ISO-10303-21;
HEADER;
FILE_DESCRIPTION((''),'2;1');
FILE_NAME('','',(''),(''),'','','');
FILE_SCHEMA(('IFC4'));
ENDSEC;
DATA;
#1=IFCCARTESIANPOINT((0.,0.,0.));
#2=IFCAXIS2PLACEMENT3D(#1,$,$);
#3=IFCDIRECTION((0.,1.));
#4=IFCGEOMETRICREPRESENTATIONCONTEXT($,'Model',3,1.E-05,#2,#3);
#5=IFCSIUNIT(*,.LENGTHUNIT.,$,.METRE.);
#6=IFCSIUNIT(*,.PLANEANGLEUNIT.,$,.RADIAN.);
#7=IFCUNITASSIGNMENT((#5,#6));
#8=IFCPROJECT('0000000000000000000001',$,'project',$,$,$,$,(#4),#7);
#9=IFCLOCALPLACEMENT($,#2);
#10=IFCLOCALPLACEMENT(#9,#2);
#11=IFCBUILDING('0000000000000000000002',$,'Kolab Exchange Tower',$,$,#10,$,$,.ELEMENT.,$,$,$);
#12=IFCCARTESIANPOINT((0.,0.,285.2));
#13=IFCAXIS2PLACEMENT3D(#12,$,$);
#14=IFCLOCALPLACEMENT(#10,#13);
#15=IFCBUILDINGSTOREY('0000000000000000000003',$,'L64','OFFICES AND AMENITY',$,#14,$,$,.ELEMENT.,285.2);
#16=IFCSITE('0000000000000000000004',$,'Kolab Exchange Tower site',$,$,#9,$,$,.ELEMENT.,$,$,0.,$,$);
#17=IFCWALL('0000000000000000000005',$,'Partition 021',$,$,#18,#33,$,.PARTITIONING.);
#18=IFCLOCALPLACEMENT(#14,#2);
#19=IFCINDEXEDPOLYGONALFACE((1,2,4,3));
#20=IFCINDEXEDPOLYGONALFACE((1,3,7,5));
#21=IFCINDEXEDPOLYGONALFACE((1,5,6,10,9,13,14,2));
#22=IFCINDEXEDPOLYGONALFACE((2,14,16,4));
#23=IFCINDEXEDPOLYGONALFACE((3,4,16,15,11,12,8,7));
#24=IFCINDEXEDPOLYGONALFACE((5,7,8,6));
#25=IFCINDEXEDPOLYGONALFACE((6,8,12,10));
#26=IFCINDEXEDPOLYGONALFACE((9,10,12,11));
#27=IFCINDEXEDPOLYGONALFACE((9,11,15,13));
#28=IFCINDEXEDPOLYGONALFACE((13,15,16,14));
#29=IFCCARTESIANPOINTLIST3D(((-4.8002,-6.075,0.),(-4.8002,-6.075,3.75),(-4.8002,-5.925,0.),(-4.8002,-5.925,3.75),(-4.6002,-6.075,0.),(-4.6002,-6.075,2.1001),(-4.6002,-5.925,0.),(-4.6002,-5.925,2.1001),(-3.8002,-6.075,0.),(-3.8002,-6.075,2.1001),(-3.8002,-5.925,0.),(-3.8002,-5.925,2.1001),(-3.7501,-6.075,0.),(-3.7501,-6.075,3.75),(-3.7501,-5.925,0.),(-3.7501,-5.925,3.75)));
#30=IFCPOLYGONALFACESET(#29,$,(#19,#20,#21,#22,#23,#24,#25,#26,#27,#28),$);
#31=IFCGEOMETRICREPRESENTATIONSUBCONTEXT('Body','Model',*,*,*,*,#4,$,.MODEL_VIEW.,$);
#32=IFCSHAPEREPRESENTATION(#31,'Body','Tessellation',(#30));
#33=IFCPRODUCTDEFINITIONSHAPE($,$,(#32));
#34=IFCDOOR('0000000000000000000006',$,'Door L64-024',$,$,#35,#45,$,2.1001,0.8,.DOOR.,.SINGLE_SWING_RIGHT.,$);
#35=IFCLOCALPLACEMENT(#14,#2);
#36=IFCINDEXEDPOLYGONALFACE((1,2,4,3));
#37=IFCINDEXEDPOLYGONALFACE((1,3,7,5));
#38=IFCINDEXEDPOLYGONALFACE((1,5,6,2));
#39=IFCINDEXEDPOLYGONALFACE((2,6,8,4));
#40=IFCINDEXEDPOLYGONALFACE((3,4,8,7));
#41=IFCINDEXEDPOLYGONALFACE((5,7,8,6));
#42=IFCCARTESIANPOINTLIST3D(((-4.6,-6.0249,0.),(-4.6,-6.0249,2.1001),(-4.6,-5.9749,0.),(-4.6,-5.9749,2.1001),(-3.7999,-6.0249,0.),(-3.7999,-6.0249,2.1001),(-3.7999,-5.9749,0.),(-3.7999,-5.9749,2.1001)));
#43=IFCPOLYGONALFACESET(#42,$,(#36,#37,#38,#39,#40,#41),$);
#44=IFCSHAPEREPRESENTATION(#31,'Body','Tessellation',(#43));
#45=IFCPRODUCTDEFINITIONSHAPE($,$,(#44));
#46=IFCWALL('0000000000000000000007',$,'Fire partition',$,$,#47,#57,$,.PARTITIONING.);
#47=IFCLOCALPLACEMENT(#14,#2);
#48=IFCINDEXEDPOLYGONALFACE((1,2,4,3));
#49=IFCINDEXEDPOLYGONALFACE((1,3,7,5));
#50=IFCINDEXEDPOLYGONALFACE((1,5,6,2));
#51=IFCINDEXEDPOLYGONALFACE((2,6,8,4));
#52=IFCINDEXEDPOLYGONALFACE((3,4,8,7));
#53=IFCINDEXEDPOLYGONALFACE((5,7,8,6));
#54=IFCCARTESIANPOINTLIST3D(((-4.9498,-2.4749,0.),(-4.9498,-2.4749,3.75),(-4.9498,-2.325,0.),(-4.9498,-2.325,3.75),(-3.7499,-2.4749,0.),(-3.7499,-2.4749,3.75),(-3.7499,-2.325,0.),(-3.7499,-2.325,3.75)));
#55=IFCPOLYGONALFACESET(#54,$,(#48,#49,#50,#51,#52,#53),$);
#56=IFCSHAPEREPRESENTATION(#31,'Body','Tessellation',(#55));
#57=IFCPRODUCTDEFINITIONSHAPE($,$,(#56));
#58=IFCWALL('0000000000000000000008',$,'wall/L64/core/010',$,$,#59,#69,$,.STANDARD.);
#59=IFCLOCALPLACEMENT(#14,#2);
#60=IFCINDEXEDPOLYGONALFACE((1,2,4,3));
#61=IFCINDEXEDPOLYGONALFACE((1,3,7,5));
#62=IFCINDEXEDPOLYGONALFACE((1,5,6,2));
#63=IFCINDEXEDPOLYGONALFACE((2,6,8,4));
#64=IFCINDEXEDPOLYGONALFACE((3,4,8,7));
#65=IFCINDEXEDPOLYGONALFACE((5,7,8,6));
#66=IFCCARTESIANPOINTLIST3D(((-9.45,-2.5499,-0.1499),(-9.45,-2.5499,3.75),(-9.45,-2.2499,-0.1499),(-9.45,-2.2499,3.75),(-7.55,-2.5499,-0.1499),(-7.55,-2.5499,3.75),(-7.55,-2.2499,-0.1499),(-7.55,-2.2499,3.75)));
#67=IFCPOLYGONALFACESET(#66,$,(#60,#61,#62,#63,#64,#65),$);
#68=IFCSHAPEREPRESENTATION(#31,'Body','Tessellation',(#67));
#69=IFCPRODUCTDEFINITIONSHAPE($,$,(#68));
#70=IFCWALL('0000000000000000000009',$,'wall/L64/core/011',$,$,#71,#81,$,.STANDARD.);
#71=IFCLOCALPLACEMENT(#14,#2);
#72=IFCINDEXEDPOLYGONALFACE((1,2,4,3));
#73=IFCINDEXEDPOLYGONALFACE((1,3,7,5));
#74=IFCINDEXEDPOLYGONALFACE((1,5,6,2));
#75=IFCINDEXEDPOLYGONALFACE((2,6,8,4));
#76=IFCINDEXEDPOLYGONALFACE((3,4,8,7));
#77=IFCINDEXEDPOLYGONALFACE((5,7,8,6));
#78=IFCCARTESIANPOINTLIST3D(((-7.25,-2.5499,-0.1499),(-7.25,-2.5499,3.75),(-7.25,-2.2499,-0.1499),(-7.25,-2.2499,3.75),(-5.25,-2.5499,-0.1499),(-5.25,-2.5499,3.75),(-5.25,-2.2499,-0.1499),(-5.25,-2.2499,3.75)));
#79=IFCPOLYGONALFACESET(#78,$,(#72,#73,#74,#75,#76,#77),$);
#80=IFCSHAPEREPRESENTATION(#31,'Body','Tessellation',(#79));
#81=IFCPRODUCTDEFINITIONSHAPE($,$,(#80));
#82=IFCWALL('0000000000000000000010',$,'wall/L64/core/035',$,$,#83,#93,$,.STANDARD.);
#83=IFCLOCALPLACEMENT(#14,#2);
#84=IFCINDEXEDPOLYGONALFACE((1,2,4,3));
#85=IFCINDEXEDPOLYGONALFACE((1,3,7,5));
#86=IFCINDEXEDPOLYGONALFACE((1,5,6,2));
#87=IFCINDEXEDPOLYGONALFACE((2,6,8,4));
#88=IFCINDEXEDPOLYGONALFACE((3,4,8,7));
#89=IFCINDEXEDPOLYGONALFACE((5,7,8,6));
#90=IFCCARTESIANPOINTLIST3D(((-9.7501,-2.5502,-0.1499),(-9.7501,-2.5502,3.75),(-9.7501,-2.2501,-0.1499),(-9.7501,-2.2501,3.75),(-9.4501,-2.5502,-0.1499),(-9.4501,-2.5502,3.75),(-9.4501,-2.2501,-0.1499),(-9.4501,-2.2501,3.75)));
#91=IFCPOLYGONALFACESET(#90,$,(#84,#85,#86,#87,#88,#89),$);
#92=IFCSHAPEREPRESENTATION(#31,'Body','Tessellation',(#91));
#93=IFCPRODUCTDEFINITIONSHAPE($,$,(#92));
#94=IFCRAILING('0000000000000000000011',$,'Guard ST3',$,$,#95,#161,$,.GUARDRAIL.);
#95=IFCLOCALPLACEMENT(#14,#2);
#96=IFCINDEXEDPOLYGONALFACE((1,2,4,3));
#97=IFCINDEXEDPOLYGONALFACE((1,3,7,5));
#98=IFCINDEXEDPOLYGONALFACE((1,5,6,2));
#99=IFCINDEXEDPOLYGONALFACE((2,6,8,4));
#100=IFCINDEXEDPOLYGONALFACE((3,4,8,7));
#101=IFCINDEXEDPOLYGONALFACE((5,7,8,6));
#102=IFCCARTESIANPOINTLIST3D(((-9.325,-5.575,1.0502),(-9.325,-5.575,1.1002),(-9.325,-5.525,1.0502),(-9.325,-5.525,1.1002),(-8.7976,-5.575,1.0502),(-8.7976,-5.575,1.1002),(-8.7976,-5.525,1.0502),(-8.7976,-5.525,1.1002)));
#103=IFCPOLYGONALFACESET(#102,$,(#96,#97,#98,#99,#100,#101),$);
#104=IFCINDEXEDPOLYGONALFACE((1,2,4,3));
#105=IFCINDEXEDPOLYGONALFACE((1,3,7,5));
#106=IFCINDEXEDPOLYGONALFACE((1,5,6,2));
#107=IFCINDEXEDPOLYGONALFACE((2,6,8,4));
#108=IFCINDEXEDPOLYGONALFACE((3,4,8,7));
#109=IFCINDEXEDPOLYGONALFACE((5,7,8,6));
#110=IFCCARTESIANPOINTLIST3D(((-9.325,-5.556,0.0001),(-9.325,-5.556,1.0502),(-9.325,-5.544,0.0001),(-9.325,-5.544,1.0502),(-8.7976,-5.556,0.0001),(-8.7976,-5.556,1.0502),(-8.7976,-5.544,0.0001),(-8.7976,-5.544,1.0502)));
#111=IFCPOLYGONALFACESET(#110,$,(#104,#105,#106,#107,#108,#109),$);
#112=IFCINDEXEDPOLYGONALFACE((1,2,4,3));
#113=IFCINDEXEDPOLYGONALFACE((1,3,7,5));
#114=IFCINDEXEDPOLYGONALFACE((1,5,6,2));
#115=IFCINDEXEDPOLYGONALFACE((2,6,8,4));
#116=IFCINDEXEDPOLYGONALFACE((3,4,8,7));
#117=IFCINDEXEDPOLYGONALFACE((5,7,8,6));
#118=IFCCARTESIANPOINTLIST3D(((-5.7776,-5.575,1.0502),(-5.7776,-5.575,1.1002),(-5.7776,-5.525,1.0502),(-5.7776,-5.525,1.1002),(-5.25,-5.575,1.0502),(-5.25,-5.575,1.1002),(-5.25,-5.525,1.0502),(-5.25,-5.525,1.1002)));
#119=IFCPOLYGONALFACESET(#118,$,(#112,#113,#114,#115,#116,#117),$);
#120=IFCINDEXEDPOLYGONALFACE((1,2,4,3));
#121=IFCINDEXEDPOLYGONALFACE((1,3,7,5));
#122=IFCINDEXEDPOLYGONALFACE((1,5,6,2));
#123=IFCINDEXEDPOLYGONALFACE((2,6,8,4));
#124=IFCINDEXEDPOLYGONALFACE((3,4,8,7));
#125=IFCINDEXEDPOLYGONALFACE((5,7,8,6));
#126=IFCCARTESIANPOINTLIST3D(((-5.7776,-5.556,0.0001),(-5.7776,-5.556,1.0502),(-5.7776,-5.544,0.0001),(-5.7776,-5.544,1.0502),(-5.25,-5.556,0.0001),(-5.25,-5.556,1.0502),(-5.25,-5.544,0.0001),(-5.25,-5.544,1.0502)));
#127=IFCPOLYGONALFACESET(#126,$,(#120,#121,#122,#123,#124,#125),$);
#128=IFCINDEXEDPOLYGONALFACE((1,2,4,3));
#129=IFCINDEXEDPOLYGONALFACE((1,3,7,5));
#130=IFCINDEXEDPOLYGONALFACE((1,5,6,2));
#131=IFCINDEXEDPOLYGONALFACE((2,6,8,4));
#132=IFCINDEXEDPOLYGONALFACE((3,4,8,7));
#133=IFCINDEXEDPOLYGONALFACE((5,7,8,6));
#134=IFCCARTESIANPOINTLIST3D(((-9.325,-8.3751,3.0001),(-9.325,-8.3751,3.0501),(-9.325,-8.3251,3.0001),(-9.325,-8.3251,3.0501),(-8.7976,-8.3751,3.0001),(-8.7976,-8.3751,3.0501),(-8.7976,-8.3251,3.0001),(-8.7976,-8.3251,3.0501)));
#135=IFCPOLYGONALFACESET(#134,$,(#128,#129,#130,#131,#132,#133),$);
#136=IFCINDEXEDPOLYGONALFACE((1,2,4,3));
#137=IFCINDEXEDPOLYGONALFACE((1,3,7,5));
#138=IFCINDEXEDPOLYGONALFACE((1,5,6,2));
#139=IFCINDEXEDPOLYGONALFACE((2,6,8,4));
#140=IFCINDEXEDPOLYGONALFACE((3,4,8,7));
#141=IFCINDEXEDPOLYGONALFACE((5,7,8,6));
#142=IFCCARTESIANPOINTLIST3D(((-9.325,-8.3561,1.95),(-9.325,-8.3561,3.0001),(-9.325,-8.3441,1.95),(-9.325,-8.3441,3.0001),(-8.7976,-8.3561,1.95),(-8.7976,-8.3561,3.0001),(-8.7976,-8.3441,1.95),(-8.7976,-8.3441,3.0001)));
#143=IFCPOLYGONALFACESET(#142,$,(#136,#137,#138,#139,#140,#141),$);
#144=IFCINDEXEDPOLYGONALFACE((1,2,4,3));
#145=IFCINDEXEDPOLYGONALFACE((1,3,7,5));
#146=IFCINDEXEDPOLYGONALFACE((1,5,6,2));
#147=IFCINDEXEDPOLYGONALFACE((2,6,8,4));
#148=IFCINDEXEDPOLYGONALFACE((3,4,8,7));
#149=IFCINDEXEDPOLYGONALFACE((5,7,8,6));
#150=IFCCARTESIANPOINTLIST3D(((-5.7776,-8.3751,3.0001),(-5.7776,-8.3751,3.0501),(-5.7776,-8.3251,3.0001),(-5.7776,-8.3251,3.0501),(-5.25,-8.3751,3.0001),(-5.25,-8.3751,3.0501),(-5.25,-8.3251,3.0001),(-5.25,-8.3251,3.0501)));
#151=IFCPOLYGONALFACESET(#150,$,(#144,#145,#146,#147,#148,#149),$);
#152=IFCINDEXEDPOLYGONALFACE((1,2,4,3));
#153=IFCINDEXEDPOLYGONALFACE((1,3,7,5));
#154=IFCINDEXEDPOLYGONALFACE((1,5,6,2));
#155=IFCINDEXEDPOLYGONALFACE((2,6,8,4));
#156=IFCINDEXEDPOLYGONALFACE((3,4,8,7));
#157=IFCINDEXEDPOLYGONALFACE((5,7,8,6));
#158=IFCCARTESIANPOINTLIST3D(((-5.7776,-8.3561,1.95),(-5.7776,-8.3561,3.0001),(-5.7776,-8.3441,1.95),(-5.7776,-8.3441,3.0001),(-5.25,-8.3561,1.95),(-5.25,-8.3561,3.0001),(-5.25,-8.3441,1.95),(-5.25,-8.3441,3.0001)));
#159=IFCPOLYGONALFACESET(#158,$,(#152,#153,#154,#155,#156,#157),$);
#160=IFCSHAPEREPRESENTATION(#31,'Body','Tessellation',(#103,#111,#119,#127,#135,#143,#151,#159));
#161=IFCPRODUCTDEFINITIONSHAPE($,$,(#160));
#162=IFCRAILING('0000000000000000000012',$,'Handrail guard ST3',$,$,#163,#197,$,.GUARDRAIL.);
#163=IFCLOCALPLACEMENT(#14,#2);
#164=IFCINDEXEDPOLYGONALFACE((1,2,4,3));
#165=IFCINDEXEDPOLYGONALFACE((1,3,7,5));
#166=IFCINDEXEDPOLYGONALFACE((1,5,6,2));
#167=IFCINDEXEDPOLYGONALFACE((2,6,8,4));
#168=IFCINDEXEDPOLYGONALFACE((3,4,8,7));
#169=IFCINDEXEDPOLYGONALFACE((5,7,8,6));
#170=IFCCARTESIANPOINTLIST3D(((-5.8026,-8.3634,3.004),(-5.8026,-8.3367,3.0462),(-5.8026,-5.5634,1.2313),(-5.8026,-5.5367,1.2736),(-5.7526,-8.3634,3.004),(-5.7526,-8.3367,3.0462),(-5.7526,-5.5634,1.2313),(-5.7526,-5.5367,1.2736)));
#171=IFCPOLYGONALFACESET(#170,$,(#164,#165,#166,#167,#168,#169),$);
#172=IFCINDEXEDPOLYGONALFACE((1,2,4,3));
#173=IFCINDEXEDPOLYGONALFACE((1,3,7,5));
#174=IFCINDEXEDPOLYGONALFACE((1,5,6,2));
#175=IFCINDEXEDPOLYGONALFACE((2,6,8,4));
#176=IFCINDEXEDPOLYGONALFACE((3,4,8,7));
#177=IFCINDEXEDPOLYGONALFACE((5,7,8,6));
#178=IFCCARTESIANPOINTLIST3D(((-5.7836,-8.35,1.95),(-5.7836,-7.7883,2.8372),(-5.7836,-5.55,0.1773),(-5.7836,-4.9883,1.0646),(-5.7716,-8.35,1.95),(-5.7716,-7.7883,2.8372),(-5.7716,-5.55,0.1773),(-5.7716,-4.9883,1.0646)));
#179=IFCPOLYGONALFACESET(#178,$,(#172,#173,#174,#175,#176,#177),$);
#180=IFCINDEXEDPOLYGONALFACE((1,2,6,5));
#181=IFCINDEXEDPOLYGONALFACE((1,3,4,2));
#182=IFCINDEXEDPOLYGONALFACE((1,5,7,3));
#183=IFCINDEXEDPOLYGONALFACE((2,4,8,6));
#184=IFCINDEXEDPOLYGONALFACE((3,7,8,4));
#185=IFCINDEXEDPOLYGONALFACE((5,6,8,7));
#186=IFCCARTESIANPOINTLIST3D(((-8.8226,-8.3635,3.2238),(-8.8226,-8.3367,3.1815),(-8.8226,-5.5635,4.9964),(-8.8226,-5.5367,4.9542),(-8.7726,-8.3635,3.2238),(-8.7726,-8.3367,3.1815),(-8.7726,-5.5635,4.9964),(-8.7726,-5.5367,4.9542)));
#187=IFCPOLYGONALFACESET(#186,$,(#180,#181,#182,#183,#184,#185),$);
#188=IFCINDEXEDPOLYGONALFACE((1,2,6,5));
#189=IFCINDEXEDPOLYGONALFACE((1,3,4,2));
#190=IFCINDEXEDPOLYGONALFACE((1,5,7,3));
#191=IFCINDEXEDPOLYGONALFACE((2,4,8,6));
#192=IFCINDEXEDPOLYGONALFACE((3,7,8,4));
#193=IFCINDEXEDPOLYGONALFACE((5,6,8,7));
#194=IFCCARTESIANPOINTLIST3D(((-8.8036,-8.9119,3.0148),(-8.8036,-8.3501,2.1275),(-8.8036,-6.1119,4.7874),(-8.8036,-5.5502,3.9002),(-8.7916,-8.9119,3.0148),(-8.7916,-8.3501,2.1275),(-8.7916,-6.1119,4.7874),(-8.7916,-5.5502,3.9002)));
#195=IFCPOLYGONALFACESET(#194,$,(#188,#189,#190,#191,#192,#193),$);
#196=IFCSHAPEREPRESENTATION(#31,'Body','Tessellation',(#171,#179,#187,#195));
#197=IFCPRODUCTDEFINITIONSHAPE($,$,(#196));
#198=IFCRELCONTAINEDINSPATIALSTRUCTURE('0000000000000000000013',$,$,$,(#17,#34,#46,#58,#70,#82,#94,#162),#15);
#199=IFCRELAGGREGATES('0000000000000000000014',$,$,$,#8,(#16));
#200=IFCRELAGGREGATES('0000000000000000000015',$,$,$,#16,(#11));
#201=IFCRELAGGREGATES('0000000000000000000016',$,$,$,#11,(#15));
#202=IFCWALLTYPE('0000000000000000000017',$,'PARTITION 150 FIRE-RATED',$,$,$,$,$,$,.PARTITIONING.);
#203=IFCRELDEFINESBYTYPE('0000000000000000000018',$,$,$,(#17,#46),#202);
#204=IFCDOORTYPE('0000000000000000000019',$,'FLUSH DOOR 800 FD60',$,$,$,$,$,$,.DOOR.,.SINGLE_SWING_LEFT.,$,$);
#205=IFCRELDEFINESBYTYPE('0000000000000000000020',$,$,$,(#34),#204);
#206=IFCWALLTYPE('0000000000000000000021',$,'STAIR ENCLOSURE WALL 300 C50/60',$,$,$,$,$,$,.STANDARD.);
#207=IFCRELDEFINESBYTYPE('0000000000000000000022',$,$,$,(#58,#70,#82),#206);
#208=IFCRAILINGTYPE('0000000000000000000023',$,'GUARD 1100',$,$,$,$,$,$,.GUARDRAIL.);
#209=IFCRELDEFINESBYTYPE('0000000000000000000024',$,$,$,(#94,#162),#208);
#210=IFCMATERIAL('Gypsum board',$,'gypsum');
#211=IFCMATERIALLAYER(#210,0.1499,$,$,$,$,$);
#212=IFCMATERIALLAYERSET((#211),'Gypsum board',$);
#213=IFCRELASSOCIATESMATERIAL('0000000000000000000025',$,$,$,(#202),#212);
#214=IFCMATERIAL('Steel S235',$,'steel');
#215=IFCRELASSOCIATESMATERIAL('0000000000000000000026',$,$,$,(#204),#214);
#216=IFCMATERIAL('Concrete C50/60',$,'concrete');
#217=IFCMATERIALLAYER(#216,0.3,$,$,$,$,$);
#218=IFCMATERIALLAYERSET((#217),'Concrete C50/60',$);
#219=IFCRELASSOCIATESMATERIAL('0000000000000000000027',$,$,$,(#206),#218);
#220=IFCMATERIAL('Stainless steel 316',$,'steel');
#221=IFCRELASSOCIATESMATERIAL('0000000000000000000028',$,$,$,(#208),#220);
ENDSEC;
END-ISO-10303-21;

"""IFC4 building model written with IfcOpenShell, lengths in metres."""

from ifc_helpers import new_model, si_unit, direction, frame, frame_2d, origin, origin_2d, place, context, subcontext, project, spatial, rectangle, extrude, material, layer, layer_set, type_object, element, fill, save


model = new_model("IFC4")

# Units and contexts
model_context = context("Model", 3, precision=1e-05, world=origin(), true_north=direction((0.0, 1.0)))
body_context = subcontext(model_context, "Body", "Model", "MODEL_VIEW")
ifc_project = project(units=[si_unit("LENGTHUNIT", "METRE"), si_unit("PLANEANGLEUNIT", "RADIAN")], contexts=[model_context])

# Site, building, storey
site_placement = place(None, origin())
site = spatial("IfcSite", under=ifc_project, at=site_placement, Name="Kolab Exchange Tower site", CompositionType="ELEMENT", RefElevation=0.0)
building_placement = place(site_placement, origin())
building = spatial("IfcBuilding", under=site, at=building_placement, Name="Kolab Exchange Tower", CompositionType="ELEMENT")
storey_placement = place(building_placement, frame((0.0, 0.0, 285.2)))
storey = spatial("IfcBuildingStorey", under=building, at=storey_placement, Name="L64", Description="OFFICES AND AMENITY", CompositionType="ELEMENT", Elevation=285.2)

# Shared definitions
ifc_material_1 = material(Name="Concrete C50/60", Category="concrete")
ifc_material_2 = material(Name="Stainless steel 316", Category="steel")

# Wall, opening, door
ifc_material_3 = material(Name="Gypsum board", Category="gypsum")
ifc_layer_1 = layer(ifc_material_3, 0.1499)
ifc_layer_set_1 = layer_set([ifc_layer_1], Name="Gypsum board")
wall_type_1 = type_object("IfcWallType", Name="PARTITION 150 FIRE-RATED", PredefinedType="PARTITIONING", material=ifc_layer_set_1)
wall_1_placement = place(storey_placement, frame((-4.8, -6.0, 0.0), z_axis=(0.0, 0.0, 1.0), x_axis=(1.0, 0.0, 0.0)))
wall_1 = element("IfcWall", 1, at=wall_1_placement, inside=storey, type_object=wall_type_1, Name="Partition 021", PredefinedType="PARTITIONING", context=body_context, shape_type="SweptSolid", body=[
    extrude(rectangle(XDim=1.05, YDim=0.1499, at=frame_2d((0.5249, 0.0))), origin(), (0.0, 0.0, 1.0), 3.75),
])
opening_1_placement = place(wall_1_placement, frame((0.2, 0.0, 0.0)))
opening_1 = element("IfcOpeningElement", 2, at=opening_1_placement, cuts=wall_1, PredefinedType="OPENING", context=body_context, shape_type="SweptSolid", body=[
    extrude(rectangle(XDim=0.8, YDim=2.1001, at=frame_2d((0.3999, 1.05))), frame((0.0, 0.085, 0.0), z_axis=(0.0, -1.0, 0.0), x_axis=(1.0, 0.0, 0.0)), (0.0, 0.0, 1.0), 0.1699),
])
ifc_material_4 = material(Name="Steel S235", Category="steel")
door_type_1 = type_object("IfcDoorType", Name="FLUSH DOOR 800 FD60", OperationType="SINGLE_SWING_LEFT", PredefinedType="DOOR", material=ifc_material_4)
door_1_placement = place(opening_1_placement, frame((0.8, 0.0, 0.0), z_axis=(0.0, 0.0, 1.0), x_axis=(-1.0, 0.0, 0.0)))
door_1 = element("IfcDoor", 3, at=door_1_placement, inside=storey, type_object=door_type_1, Name="Door L64-024", OperationType="SINGLE_SWING_RIGHT", OverallHeight=2.1001, OverallWidth=0.8, PredefinedType="DOOR", context=body_context, shape_type="SweptSolid", body=[
    extrude(rectangle(XDim=0.8, YDim=2.1001, at=frame_2d((0.3999, 1.05))), frame((0.0, 0.0249, 0.0), z_axis=(0.0, -1.0, 0.0), x_axis=(1.0, 0.0, 0.0)), (0.0, 0.0, 1.0), 0.05),
])
fill(opening_1, door_1)

# Walls
wall_2_placement = place(storey_placement, frame((-4.95, -2.3999, 0.0), z_axis=(0.0, 0.0, 1.0), x_axis=(1.0, 0.0, 0.0)))
element("IfcWall", 4, at=wall_2_placement, inside=storey, type_object=wall_type_1, Name="Fire partition", PredefinedType="PARTITIONING", context=body_context, shape_type="SweptSolid", body=[
    extrude(rectangle(XDim=1.2, YDim=0.1499, at=frame_2d((0.6001, 0.0))), origin(), (0.0, 0.0, 1.0), 3.75),
])
ifc_layer_2 = layer(ifc_material_1, 0.3)
ifc_layer_set_2 = layer_set([ifc_layer_2], Name="Concrete C50/60")
wall_type_2 = type_object("IfcWallType", Name="STAIR ENCLOSURE WALL 300 C50/60", PredefinedType="STANDARD", material=ifc_layer_set_2)
wall_3_placement = place(storey_placement, frame((-9.45, -2.3999, -0.1499), z_axis=(0.0, 0.0, 1.0), x_axis=(1.0, 0.0, 0.0)))
element("IfcWall", 5, at=wall_3_placement, inside=storey, type_object=wall_type_2, Name="wall/L64/core/010", PredefinedType="STANDARD", context=body_context, shape_type="SweptSolid", body=[
    extrude(rectangle(XDim=1.8999, YDim=0.3, at=frame_2d((0.95, 0.0))), origin(), (0.0, 0.0, 1.0), 3.8999),
])
wall_4_placement = place(storey_placement, frame((-7.25, -2.3999, -0.1499), z_axis=(0.0, 0.0, 1.0), x_axis=(1.0, 0.0, 0.0)))
element("IfcWall", 6, at=wall_4_placement, inside=storey, type_object=wall_type_2, Name="wall/L64/core/011", PredefinedType="STANDARD", context=body_context, shape_type="SweptSolid", body=[
    extrude(rectangle(XDim=2.0, YDim=0.3, at=frame_2d((1.0, 0.0))), origin(), (0.0, 0.0, 1.0), 3.8999),
])
wall_5_placement = place(storey_placement, frame((-9.6001, -2.55, -0.1499), z_axis=(0.0, 0.0, 1.0), x_axis=(0.0, 1.0, 0.0)))
element("IfcWall", 7, at=wall_5_placement, inside=storey, type_object=wall_type_2, Name="wall/L64/core/035", PredefinedType="STANDARD", context=body_context, shape_type="SweptSolid", body=[
    extrude(rectangle(XDim=0.3, YDim=0.3, at=frame_2d((0.1499, 0.0))), origin(), (0.0, 0.0, 1.0), 3.8999),
])

# Railings
railing_type = type_object("IfcRailingType", Name="GUARD 1100", PredefinedType="GUARDRAIL", material=ifc_material_2)
railing_1_placement = place(storey_placement, frame((-9.325, -5.55, 0.0)))
element("IfcRailing", 8, at=railing_1_placement, inside=storey, type_object=railing_type, Name="Guard ST3", PredefinedType="GUARDRAIL", context=body_context, shape_type="SweptSolid", body=[
    extrude(rectangle(XDim=0.05, YDim=0.05, at=origin_2d()), frame((0.0, 0.0, 1.0752), z_axis=(1.0, 0.0, 0.0), x_axis=(0.0, 1.0, 0.0)), (0.0, 0.0, 1.0), 0.5273),
    extrude(rectangle(XDim=0.012, YDim=1.0501, at=frame_2d((0.0, 0.5251))), frame((0.0, 0.0, 0.0), z_axis=(1.0, 0.0, 0.0), x_axis=(0.0, 1.0, 0.0)), (0.0, 0.0, 1.0), 0.5273),
    extrude(rectangle(XDim=0.05, YDim=0.05, at=origin_2d()), frame((3.5474, 0.0, 1.0752), z_axis=(1.0, 0.0, 0.0), x_axis=(0.0, 1.0, 0.0)), (0.0, 0.0, 1.0), 0.5276),
    extrude(rectangle(XDim=0.012, YDim=1.0501, at=frame_2d((0.0, 0.5251))), frame((3.5474, 0.0, 0.0), z_axis=(1.0, 0.0, 0.0), x_axis=(0.0, 1.0, 0.0)), (0.0, 0.0, 1.0), 0.5276),
    extrude(rectangle(XDim=0.05, YDim=0.05, at=origin_2d()), frame((0.0, -2.8, 3.0251), z_axis=(1.0, 0.0, 0.0), x_axis=(0.0, 1.0, 0.0)), (0.0, 0.0, 1.0), 0.5273),
    extrude(rectangle(XDim=0.012, YDim=1.0501, at=frame_2d((0.0, 0.5251))), frame((0.0, -2.8, 1.95), z_axis=(1.0, 0.0, 0.0), x_axis=(0.0, 1.0, 0.0)), (0.0, 0.0, 1.0), 0.5273),
    extrude(rectangle(XDim=0.05, YDim=0.05, at=origin_2d()), frame((3.5474, -2.8, 3.0251), z_axis=(1.0, 0.0, 0.0), x_axis=(0.0, 1.0, 0.0)), (0.0, 0.0, 1.0), 0.5276),
    extrude(rectangle(XDim=0.012, YDim=1.0501, at=frame_2d((0.0, 0.5251))), frame((3.5474, -2.8, 1.95), z_axis=(1.0, 0.0, 0.0), x_axis=(0.0, 1.0, 0.0)), (0.0, 0.0, 1.0), 0.5276),
])
railing_2_placement = place(storey_placement, frame((-5.7776, -5.55, 0.1772)))
element("IfcRailing", 9, at=railing_2_placement, inside=storey, type_object=railing_type, Name="Handrail guard ST3", PredefinedType="GUARDRAIL", context=body_context, shape_type="SweptSolid", body=[
    extrude(rectangle(XDim=0.05, YDim=0.05, at=origin_2d()), frame((0.0, 0.0, 1.0752), z_axis=(0.0, -0.844909, 0.53491), x_axis=(1.0, 0.0, 0.0)), (0.0, 0.0, 1.0), 3.314),
    extrude(rectangle(XDim=0.012, YDim=1.0501, at=frame_2d((0.0, 0.5251))), frame((0.0, 0.0, 0.0), z_axis=(0.0, -0.844909, 0.53491), x_axis=(1.0, 0.0, 0.0)), (0.0, 0.0, 1.0), 3.314),
    extrude(rectangle(XDim=0.05, YDim=0.05, at=origin_2d()), frame((-3.02, -2.8, 3.0254), z_axis=(0.0, 0.844909, 0.53491), x_axis=(-1.0, 0.0, 0.0)), (0.0, 0.0, 1.0), 3.314),
    extrude(rectangle(XDim=0.012, YDim=1.0501, at=frame_2d((0.0, 0.5251))), frame((-3.02, -2.8, 1.9502), z_axis=(0.0, 0.844909, 0.53491), x_axis=(-1.0, 0.0, 0.0)), (0.0, 0.0, 1.0), 3.314),
])

save(model, "model.ifc")
